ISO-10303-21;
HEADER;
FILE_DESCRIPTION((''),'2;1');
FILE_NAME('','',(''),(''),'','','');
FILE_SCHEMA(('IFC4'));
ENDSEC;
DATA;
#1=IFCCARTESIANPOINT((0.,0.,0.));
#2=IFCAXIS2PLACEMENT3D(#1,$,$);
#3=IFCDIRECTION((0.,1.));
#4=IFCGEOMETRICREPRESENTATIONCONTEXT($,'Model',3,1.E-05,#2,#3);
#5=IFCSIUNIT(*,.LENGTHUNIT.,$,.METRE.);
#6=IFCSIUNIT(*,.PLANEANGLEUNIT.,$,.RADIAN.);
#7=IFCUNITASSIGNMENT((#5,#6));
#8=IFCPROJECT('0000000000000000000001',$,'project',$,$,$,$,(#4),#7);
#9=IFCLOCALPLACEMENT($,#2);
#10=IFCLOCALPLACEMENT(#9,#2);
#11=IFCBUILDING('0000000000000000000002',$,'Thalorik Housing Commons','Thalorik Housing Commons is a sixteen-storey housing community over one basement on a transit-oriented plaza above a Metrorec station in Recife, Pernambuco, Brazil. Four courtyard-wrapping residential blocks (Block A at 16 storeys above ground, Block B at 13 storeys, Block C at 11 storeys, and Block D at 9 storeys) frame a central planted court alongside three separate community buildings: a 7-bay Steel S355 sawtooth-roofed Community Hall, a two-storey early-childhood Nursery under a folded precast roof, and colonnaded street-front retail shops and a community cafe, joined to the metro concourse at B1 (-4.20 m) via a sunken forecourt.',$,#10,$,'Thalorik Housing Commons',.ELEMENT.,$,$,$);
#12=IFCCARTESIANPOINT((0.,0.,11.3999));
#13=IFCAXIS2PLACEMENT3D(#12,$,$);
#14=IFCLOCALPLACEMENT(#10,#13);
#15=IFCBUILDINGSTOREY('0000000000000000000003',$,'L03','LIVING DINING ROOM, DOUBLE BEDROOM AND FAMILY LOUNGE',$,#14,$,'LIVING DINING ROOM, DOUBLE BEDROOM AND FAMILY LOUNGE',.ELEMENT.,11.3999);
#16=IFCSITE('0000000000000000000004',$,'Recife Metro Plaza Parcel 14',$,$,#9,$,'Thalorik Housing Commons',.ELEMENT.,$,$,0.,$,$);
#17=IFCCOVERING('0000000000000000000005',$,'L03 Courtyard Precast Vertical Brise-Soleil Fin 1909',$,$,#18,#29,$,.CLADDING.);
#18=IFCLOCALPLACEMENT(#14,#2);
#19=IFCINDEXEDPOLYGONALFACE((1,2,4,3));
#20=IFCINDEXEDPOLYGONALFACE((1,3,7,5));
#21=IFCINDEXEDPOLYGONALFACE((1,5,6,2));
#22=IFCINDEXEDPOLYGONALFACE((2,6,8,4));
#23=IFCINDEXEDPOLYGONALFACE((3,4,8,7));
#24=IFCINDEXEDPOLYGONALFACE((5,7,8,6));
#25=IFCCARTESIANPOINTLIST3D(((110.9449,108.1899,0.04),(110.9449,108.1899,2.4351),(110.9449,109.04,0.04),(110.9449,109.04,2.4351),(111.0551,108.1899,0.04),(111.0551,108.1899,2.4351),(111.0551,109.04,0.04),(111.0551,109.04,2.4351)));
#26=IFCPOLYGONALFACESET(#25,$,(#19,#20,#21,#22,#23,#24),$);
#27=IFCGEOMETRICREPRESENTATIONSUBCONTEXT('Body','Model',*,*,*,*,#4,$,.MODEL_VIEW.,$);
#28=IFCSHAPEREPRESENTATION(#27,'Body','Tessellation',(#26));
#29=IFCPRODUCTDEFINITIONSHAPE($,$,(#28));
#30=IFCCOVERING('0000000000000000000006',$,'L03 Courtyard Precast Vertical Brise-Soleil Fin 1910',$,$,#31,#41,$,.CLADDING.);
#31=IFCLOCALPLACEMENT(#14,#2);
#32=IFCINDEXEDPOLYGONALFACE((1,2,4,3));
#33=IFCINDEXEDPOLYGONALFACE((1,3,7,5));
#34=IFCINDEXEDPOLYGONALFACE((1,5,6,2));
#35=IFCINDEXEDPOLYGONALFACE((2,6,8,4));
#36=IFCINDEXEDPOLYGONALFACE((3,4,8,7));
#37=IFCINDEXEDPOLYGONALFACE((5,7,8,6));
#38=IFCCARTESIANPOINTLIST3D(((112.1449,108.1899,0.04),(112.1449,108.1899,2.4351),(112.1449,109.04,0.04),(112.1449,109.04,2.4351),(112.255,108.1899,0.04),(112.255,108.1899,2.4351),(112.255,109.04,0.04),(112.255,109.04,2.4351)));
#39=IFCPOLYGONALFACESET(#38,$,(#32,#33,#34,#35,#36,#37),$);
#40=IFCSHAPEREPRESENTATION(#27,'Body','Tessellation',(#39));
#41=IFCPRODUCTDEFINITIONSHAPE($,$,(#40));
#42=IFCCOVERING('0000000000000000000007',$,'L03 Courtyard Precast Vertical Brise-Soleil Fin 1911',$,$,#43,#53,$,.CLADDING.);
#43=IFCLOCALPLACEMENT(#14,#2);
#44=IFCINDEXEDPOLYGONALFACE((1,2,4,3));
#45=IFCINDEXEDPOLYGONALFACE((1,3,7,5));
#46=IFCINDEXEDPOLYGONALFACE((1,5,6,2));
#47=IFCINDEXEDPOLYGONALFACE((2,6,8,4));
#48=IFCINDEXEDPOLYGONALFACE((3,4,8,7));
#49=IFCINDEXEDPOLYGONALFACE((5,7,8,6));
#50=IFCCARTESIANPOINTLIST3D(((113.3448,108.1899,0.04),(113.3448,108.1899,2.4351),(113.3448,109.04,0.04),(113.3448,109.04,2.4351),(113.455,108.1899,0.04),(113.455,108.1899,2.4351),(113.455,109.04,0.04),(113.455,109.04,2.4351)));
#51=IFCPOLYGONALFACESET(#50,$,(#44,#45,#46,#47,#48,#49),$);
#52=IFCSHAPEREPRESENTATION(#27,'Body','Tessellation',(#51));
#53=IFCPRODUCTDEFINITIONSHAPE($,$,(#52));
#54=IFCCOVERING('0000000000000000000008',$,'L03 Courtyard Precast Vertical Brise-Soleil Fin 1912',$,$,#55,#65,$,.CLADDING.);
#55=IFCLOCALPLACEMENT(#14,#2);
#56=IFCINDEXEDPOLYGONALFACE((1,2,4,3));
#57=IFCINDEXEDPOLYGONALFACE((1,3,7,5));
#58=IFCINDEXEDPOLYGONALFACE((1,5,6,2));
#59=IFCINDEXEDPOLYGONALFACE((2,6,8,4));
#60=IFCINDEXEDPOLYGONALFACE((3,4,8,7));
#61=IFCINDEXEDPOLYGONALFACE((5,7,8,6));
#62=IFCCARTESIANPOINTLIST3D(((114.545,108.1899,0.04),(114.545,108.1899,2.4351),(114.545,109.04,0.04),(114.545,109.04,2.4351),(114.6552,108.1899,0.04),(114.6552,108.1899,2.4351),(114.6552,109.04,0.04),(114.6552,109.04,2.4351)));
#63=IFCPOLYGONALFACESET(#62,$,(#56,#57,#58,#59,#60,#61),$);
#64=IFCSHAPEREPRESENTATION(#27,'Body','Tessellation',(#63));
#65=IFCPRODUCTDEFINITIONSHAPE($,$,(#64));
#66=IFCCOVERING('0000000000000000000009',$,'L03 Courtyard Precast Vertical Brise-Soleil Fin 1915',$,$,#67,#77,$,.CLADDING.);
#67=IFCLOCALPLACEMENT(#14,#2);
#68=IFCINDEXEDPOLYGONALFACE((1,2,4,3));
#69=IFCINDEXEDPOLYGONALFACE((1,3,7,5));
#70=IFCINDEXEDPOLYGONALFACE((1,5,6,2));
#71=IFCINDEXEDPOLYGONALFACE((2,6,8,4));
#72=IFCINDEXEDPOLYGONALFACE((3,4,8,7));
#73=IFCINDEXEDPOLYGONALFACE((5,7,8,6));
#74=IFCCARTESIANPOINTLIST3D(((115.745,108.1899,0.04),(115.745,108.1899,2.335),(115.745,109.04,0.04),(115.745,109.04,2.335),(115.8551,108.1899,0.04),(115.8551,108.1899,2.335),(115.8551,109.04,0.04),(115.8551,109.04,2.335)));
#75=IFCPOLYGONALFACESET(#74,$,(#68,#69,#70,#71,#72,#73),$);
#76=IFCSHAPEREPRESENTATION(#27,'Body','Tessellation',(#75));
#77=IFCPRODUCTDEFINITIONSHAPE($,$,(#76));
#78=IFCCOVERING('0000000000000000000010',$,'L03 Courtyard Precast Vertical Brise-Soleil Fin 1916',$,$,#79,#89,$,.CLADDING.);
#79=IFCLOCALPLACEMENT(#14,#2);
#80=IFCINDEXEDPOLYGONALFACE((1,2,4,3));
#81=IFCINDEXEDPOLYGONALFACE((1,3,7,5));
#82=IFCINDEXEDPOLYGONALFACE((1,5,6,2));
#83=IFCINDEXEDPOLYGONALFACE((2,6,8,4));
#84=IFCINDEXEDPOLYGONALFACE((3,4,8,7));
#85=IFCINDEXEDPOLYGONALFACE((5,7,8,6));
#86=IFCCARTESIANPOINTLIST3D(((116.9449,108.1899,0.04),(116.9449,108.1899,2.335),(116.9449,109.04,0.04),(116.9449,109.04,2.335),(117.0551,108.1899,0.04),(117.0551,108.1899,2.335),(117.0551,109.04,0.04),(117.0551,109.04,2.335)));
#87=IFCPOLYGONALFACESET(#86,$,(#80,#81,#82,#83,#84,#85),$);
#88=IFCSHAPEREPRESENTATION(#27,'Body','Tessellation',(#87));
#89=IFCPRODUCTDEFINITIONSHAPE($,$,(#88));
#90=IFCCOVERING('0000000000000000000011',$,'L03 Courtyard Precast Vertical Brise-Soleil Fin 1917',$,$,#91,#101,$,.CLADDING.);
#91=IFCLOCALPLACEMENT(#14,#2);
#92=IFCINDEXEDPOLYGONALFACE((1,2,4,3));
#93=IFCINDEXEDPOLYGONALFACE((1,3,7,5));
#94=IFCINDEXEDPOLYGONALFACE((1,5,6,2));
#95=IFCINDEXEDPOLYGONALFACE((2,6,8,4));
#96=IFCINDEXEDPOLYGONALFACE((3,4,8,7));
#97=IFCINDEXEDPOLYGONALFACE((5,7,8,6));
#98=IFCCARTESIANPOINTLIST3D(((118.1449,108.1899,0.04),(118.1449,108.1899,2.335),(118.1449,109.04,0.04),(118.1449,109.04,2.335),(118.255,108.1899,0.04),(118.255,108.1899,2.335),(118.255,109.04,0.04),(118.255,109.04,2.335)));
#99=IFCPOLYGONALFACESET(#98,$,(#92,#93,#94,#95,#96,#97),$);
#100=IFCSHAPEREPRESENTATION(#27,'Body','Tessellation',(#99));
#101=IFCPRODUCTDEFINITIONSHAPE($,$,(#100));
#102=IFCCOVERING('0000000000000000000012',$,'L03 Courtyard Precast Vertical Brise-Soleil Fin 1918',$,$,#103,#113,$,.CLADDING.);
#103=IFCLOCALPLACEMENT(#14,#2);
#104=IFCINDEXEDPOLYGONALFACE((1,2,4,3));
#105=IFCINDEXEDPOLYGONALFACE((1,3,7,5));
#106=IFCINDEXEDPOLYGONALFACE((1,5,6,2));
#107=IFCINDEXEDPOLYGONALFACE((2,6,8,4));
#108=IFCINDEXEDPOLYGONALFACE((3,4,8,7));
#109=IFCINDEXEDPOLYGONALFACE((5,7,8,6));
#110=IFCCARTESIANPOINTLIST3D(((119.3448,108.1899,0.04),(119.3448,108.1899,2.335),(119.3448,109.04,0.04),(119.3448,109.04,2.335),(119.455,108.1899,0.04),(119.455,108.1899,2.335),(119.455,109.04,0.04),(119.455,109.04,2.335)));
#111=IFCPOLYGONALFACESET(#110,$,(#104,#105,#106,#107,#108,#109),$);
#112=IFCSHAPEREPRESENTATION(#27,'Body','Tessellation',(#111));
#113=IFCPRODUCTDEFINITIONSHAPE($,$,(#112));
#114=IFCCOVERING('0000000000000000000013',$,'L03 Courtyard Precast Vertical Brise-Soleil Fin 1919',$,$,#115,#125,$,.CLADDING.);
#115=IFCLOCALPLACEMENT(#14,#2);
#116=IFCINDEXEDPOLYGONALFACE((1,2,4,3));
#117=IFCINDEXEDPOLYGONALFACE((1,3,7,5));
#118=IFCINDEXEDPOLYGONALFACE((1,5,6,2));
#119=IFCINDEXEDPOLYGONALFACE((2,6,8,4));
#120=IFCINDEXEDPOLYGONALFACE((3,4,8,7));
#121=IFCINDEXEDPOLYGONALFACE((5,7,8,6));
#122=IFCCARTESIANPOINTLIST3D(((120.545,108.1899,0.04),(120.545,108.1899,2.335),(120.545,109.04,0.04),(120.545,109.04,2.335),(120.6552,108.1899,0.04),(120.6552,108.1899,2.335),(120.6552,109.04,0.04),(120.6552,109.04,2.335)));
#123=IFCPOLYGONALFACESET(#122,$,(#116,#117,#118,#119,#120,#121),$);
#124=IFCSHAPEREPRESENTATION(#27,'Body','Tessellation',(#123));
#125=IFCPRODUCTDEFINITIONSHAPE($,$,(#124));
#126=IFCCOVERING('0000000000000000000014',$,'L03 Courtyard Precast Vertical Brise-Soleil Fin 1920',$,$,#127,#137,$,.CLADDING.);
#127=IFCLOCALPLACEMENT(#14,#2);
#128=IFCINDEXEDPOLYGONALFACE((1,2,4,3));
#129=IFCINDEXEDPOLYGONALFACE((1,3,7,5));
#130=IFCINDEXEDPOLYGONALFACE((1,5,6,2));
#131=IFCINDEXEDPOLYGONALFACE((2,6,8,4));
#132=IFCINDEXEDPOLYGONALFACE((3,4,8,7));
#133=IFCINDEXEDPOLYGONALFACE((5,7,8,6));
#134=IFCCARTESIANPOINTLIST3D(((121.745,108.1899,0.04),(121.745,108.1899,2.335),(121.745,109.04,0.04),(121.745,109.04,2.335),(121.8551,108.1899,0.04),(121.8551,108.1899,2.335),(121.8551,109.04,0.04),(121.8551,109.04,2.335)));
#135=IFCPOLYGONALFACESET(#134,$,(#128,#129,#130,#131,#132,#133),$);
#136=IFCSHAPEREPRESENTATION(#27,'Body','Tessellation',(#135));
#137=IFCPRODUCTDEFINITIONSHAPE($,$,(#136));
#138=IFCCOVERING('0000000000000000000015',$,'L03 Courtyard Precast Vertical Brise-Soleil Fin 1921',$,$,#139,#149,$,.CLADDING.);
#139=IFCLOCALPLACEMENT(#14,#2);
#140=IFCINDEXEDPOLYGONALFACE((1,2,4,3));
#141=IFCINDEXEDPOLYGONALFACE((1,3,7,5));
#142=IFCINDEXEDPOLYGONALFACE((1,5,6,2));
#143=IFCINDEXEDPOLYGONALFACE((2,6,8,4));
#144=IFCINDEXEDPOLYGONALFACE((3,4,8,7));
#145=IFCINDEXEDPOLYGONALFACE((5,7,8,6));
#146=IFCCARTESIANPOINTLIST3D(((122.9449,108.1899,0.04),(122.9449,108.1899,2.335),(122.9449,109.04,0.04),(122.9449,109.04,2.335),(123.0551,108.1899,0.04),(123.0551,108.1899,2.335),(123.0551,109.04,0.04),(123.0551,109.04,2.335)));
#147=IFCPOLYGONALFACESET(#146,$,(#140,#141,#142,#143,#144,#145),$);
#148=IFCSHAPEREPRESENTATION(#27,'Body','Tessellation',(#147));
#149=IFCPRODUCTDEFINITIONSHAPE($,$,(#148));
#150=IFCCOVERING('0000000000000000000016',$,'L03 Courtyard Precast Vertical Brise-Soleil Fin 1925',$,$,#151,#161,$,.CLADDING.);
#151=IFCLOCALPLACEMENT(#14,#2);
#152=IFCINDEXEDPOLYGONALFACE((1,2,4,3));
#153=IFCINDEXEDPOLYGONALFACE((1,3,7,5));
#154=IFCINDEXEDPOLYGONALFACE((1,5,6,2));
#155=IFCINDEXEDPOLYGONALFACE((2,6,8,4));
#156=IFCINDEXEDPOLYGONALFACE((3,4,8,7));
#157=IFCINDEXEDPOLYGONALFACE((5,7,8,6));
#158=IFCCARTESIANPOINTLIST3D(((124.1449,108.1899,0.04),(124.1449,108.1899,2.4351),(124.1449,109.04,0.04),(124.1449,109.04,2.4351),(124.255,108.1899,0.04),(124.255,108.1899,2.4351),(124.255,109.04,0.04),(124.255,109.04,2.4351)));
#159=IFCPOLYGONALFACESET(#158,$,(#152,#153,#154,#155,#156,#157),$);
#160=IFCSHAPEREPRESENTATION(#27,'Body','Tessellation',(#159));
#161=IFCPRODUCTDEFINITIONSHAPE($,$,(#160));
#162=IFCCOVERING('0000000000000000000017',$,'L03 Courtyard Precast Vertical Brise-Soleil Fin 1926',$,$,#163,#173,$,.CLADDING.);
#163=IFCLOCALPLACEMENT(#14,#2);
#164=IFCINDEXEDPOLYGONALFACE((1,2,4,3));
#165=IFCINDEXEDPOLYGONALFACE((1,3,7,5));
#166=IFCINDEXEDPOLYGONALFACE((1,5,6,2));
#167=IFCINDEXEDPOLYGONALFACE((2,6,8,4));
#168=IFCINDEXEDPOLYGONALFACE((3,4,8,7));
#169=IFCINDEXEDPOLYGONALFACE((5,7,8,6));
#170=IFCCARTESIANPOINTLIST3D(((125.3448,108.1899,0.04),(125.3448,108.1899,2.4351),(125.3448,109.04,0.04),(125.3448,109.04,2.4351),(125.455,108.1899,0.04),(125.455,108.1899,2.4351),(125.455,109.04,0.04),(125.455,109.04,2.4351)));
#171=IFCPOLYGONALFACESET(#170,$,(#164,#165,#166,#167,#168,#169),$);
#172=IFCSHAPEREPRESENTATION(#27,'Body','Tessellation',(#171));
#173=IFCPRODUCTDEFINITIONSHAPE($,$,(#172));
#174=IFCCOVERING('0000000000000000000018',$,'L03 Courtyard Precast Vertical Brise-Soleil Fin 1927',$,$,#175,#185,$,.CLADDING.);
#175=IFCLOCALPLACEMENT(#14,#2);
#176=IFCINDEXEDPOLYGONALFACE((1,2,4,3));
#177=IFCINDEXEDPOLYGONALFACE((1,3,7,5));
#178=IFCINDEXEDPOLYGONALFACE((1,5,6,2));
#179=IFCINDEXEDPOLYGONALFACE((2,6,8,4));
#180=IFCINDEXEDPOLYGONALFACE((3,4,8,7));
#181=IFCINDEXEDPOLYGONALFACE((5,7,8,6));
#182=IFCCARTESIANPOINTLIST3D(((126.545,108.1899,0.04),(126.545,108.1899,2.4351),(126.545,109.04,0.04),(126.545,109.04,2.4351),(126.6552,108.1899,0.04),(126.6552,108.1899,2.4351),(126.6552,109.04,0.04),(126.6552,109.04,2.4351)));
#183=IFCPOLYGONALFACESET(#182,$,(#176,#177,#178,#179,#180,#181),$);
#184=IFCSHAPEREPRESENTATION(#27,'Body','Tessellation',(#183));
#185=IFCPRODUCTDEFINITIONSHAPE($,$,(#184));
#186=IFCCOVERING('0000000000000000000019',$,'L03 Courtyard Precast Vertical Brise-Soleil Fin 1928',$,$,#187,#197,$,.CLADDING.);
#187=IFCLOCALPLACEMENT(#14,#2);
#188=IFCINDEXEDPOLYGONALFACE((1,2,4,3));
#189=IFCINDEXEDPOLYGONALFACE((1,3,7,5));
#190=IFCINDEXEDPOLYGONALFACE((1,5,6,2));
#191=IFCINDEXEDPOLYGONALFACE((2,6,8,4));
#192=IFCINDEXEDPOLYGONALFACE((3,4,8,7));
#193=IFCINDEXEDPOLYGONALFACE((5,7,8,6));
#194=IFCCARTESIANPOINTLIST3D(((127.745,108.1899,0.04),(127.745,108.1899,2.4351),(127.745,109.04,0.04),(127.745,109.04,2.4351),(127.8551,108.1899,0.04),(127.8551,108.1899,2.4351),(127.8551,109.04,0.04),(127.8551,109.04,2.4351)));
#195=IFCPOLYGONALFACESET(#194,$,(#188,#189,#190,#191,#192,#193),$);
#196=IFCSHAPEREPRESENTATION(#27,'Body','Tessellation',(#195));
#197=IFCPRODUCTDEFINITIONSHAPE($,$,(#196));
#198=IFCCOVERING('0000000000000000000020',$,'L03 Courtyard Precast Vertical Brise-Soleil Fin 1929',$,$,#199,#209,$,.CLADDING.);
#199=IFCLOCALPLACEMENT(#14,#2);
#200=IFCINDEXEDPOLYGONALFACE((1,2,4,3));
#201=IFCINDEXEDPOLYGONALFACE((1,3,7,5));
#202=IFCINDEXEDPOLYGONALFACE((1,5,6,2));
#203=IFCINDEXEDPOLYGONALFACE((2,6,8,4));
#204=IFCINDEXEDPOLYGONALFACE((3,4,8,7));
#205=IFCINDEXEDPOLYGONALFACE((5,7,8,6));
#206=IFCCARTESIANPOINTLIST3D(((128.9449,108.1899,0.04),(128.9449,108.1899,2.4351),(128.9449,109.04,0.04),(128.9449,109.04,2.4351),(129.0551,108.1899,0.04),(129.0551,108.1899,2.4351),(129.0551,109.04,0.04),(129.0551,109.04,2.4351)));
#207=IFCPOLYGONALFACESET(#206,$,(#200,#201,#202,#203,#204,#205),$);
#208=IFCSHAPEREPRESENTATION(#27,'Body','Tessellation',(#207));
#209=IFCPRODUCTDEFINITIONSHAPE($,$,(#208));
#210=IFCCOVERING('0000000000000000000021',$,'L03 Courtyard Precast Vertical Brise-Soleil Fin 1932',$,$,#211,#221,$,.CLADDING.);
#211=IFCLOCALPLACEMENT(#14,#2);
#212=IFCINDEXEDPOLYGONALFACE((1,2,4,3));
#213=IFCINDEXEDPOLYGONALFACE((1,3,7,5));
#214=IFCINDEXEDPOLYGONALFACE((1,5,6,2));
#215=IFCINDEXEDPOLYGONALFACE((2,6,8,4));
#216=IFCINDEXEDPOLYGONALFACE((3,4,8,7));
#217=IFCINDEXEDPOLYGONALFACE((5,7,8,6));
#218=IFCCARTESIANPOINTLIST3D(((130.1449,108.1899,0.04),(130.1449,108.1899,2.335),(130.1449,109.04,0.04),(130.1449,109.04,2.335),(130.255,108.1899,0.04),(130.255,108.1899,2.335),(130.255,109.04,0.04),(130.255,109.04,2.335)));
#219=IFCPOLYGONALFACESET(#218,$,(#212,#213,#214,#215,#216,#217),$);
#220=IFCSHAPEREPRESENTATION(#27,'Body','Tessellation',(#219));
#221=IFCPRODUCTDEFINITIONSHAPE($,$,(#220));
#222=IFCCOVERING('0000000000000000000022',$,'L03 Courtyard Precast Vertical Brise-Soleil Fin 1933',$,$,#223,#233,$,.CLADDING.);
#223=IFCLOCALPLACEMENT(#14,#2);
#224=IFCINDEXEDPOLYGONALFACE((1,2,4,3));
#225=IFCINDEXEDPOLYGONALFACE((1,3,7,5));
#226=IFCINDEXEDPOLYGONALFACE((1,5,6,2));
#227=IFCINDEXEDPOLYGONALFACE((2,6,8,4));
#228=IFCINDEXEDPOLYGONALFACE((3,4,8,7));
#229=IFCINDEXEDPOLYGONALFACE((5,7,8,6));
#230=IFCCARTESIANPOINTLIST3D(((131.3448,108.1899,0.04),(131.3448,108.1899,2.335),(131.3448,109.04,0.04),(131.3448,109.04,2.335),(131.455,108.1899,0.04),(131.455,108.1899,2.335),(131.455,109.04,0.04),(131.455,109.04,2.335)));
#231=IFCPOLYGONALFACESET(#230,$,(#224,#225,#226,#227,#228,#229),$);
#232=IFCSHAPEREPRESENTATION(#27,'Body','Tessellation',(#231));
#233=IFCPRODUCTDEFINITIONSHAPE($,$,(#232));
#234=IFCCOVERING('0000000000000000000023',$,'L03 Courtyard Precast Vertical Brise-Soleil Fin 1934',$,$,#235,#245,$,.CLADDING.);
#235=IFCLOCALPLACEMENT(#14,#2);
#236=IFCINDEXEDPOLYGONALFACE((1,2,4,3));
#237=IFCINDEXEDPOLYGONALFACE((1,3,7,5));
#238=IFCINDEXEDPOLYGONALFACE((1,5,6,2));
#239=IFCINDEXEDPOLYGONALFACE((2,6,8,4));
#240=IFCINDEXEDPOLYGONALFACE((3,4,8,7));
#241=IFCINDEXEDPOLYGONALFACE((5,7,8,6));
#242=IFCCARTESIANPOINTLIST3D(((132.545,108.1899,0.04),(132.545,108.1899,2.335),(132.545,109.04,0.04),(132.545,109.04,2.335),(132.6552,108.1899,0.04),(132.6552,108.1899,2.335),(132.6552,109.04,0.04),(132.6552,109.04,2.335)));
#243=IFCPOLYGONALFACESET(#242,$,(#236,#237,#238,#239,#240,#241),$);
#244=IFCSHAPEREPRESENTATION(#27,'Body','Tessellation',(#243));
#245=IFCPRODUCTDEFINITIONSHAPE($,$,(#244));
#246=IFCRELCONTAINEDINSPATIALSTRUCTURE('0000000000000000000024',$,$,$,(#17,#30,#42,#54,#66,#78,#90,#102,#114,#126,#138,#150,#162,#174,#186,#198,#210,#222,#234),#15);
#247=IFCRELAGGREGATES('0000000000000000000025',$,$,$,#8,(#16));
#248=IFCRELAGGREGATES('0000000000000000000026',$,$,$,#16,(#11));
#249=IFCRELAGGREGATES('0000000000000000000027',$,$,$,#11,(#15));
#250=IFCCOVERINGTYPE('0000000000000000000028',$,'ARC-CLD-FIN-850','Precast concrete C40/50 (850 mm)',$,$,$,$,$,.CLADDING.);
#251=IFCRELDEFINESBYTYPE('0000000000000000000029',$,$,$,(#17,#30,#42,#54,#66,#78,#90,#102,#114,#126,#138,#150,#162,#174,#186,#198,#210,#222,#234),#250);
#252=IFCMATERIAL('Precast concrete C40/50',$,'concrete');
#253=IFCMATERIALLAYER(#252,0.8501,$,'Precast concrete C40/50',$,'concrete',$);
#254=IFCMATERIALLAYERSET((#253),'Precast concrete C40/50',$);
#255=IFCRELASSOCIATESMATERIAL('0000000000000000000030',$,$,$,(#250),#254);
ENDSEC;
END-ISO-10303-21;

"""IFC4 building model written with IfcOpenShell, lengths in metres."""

from ifc_helpers import new_model, si_unit, direction, frame, origin, origin_2d, place, context, subcontext, project, spatial, rectangle, extrude, material, layer, layer_set, type_object, element, save


model = new_model("IFC4")

# Units and contexts
model_context = context("Model", 3, precision=1e-05, world=origin(), true_north=direction((0.0, 1.0)))
body_context = subcontext(model_context, "Body", "Model", "MODEL_VIEW")
ifc_project = project(units=[si_unit("LENGTHUNIT", "METRE"), si_unit("PLANEANGLEUNIT", "RADIAN")], contexts=[model_context])

# Site, building, storey
site_placement = place(None, origin())
site = spatial("IfcSite", under=ifc_project, at=site_placement, Name="Recife Metro Plaza Parcel 14", LongName="Thalorik Housing Commons", CompositionType="ELEMENT", RefElevation=0.0)
building_placement = place(site_placement, origin())
building = spatial("IfcBuilding", under=site, at=building_placement, Name="Thalorik Housing Commons", Description="Thalorik Housing Commons is a sixteen-storey housing community over one basement on a transit-oriented plaza above a Metrorec station in Recife, Pernambuco, Brazil. Four courtyard-wrapping residential blocks (Block A at 16 storeys above ground, Block B at 13 storeys, Block C at 11 storeys, and Block D at 9 storeys) frame a central planted court alongside three separate community buildings: a 7-bay Steel S355 sawtooth-roofed Community Hall, a two-storey early-childhood Nursery under a folded precast roof, and colonnaded street-front retail shops and a community cafe, joined to the metro concourse at B1 (-4.20 m) via a sunken forecourt.", LongName="Thalorik Housing Commons", CompositionType="ELEMENT")
storey_placement = place(building_placement, frame((0.0, 0.0, 11.3999)))
storey = spatial("IfcBuildingStorey", under=building, at=storey_placement, Name="L03", Description="LIVING DINING ROOM, DOUBLE BEDROOM AND FAMILY LOUNGE", LongName="LIVING DINING ROOM, DOUBLE BEDROOM AND FAMILY LOUNGE", CompositionType="ELEMENT", Elevation=11.3999)

# Coverings
ifc_material = material(Name="Precast concrete C40/50", Category="concrete")
ifc_layer_1 = layer(ifc_material, 0.8501, Name="Precast concrete C40/50", Category="concrete")
ifc_layer_set_1 = layer_set([ifc_layer_1], Name="Precast concrete C40/50")
covering_type_1 = type_object("IfcCoveringType", Name="ARC-CLD-FIN-850", Description="Precast concrete C40/50 (850 mm)", PredefinedType="CLADDING", material=ifc_layer_set_1)
for number, where, z_axis, x_axis, name in (
    (1, (111.0, 108.615, 0.04), (0.0, 0.0, 1.0), (1.0, 0.0, 0.0), "L03 Courtyard Precast Vertical Brise-Soleil Fin 1909"),
    (2, (112.2, 108.615, 0.04), (0.0, 0.0, 1.0), (1.0, 0.0, 0.0), "L03 Courtyard Precast Vertical Brise-Soleil Fin 1910"),
    (3, (113.3999, 108.615, 0.04), (0.0, 0.0, 1.0), (1.0, 0.0, 0.0), "L03 Courtyard Precast Vertical Brise-Soleil Fin 1911"),
    (4, (114.6001, 108.615, 0.04), (0.0, 0.0, 1.0), (1.0, 0.0, 0.0), "L03 Courtyard Precast Vertical Brise-Soleil Fin 1912"),
):
    element("IfcCovering", number, at=place(storey_placement, frame(where, z_axis=z_axis, x_axis=x_axis)), inside=storey, type_object=covering_type_1, Name=name, PredefinedType="CLADDING", context=body_context, shape_type="SweptSolid", body=[
        extrude(rectangle(XDim=0.1101, YDim=0.8501, at=origin_2d()), origin(), (0.0, 0.0, 1.0), 2.395),
    ])
for number, where, z_axis, x_axis, name in (
    (5, (115.8, 108.615, 0.04), (0.0, 0.0, 1.0), (1.0, 0.0, 0.0), "L03 Courtyard Precast Vertical Brise-Soleil Fin 1915"),
    (6, (117.0, 108.615, 0.04), (0.0, 0.0, 1.0), (1.0, 0.0, 0.0), "L03 Courtyard Precast Vertical Brise-Soleil Fin 1916"),
    (7, (118.2, 108.615, 0.04), (0.0, 0.0, 1.0), (1.0, 0.0, 0.0), "L03 Courtyard Precast Vertical Brise-Soleil Fin 1917"),
    (8, (119.3999, 108.615, 0.04), (0.0, 0.0, 1.0), (1.0, 0.0, 0.0), "L03 Courtyard Precast Vertical Brise-Soleil Fin 1918"),
    (9, (120.6001, 108.615, 0.04), (0.0, 0.0, 1.0), (1.0, 0.0, 0.0), "L03 Courtyard Precast Vertical Brise-Soleil Fin 1919"),
    (10, (121.8, 108.615, 0.04), (0.0, 0.0, 1.0), (1.0, 0.0, 0.0), "L03 Courtyard Precast Vertical Brise-Soleil Fin 1920"),
    (11, (123.0, 108.615, 0.04), (0.0, 0.0, 1.0), (1.0, 0.0, 0.0), "L03 Courtyard Precast Vertical Brise-Soleil Fin 1921"),
):
    element("IfcCovering", number, at=place(storey_placement, frame(where, z_axis=z_axis, x_axis=x_axis)), inside=storey, type_object=covering_type_1, Name=name, PredefinedType="CLADDING", context=body_context, shape_type="SweptSolid", body=[
        extrude(rectangle(XDim=0.1101, YDim=0.8501, at=origin_2d()), origin(), (0.0, 0.0, 1.0), 2.2949),
    ])
for number, where, z_axis, x_axis, name in (
    (12, (124.2, 108.615, 0.04), (0.0, 0.0, 1.0), (1.0, 0.0, 0.0), "L03 Courtyard Precast Vertical Brise-Soleil Fin 1925"),
    (13, (125.3999, 108.615, 0.04), (0.0, 0.0, 1.0), (1.0, 0.0, 0.0), "L03 Courtyard Precast Vertical Brise-Soleil Fin 1926"),
    (14, (126.6001, 108.615, 0.04), (0.0, 0.0, 1.0), (1.0, 0.0, 0.0), "L03 Courtyard Precast Vertical Brise-Soleil Fin 1927"),
    (15, (127.8, 108.615, 0.04), (0.0, 0.0, 1.0), (1.0, 0.0, 0.0), "L03 Courtyard Precast Vertical Brise-Soleil Fin 1928"),
    (16, (129.0, 108.615, 0.04), (0.0, 0.0, 1.0), (1.0, 0.0, 0.0), "L03 Courtyard Precast Vertical Brise-Soleil Fin 1929"),
):
    element("IfcCovering", number, at=place(storey_placement, frame(where, z_axis=z_axis, x_axis=x_axis)), inside=storey, type_object=covering_type_1, Name=name, PredefinedType="CLADDING", context=body_context, shape_type="SweptSolid", body=[
        extrude(rectangle(XDim=0.1101, YDim=0.8501, at=origin_2d()), origin(), (0.0, 0.0, 1.0), 2.395),
    ])
for number, where, z_axis, x_axis, name in (
    (17, (130.2, 108.615, 0.04), (0.0, 0.0, 1.0), (1.0, 0.0, 0.0), "L03 Courtyard Precast Vertical Brise-Soleil Fin 1932"),
    (18, (131.3999, 108.615, 0.04), (0.0, 0.0, 1.0), (1.0, 0.0, 0.0), "L03 Courtyard Precast Vertical Brise-Soleil Fin 1933"),
    (19, (132.6001, 108.615, 0.04), (0.0, 0.0, 1.0), (1.0, 0.0, 0.0), "L03 Courtyard Precast Vertical Brise-Soleil Fin 1934"),
):
    element("IfcCovering", number, at=place(storey_placement, frame(where, z_axis=z_axis, x_axis=x_axis)), inside=storey, type_object=covering_type_1, Name=name, PredefinedType="CLADDING", context=body_context, shape_type="SweptSolid", body=[
        extrude(rectangle(XDim=0.1101, YDim=0.8501, at=origin_2d()), origin(), (0.0, 0.0, 1.0), 2.2949),
    ])

save(model, "model.ifc")
